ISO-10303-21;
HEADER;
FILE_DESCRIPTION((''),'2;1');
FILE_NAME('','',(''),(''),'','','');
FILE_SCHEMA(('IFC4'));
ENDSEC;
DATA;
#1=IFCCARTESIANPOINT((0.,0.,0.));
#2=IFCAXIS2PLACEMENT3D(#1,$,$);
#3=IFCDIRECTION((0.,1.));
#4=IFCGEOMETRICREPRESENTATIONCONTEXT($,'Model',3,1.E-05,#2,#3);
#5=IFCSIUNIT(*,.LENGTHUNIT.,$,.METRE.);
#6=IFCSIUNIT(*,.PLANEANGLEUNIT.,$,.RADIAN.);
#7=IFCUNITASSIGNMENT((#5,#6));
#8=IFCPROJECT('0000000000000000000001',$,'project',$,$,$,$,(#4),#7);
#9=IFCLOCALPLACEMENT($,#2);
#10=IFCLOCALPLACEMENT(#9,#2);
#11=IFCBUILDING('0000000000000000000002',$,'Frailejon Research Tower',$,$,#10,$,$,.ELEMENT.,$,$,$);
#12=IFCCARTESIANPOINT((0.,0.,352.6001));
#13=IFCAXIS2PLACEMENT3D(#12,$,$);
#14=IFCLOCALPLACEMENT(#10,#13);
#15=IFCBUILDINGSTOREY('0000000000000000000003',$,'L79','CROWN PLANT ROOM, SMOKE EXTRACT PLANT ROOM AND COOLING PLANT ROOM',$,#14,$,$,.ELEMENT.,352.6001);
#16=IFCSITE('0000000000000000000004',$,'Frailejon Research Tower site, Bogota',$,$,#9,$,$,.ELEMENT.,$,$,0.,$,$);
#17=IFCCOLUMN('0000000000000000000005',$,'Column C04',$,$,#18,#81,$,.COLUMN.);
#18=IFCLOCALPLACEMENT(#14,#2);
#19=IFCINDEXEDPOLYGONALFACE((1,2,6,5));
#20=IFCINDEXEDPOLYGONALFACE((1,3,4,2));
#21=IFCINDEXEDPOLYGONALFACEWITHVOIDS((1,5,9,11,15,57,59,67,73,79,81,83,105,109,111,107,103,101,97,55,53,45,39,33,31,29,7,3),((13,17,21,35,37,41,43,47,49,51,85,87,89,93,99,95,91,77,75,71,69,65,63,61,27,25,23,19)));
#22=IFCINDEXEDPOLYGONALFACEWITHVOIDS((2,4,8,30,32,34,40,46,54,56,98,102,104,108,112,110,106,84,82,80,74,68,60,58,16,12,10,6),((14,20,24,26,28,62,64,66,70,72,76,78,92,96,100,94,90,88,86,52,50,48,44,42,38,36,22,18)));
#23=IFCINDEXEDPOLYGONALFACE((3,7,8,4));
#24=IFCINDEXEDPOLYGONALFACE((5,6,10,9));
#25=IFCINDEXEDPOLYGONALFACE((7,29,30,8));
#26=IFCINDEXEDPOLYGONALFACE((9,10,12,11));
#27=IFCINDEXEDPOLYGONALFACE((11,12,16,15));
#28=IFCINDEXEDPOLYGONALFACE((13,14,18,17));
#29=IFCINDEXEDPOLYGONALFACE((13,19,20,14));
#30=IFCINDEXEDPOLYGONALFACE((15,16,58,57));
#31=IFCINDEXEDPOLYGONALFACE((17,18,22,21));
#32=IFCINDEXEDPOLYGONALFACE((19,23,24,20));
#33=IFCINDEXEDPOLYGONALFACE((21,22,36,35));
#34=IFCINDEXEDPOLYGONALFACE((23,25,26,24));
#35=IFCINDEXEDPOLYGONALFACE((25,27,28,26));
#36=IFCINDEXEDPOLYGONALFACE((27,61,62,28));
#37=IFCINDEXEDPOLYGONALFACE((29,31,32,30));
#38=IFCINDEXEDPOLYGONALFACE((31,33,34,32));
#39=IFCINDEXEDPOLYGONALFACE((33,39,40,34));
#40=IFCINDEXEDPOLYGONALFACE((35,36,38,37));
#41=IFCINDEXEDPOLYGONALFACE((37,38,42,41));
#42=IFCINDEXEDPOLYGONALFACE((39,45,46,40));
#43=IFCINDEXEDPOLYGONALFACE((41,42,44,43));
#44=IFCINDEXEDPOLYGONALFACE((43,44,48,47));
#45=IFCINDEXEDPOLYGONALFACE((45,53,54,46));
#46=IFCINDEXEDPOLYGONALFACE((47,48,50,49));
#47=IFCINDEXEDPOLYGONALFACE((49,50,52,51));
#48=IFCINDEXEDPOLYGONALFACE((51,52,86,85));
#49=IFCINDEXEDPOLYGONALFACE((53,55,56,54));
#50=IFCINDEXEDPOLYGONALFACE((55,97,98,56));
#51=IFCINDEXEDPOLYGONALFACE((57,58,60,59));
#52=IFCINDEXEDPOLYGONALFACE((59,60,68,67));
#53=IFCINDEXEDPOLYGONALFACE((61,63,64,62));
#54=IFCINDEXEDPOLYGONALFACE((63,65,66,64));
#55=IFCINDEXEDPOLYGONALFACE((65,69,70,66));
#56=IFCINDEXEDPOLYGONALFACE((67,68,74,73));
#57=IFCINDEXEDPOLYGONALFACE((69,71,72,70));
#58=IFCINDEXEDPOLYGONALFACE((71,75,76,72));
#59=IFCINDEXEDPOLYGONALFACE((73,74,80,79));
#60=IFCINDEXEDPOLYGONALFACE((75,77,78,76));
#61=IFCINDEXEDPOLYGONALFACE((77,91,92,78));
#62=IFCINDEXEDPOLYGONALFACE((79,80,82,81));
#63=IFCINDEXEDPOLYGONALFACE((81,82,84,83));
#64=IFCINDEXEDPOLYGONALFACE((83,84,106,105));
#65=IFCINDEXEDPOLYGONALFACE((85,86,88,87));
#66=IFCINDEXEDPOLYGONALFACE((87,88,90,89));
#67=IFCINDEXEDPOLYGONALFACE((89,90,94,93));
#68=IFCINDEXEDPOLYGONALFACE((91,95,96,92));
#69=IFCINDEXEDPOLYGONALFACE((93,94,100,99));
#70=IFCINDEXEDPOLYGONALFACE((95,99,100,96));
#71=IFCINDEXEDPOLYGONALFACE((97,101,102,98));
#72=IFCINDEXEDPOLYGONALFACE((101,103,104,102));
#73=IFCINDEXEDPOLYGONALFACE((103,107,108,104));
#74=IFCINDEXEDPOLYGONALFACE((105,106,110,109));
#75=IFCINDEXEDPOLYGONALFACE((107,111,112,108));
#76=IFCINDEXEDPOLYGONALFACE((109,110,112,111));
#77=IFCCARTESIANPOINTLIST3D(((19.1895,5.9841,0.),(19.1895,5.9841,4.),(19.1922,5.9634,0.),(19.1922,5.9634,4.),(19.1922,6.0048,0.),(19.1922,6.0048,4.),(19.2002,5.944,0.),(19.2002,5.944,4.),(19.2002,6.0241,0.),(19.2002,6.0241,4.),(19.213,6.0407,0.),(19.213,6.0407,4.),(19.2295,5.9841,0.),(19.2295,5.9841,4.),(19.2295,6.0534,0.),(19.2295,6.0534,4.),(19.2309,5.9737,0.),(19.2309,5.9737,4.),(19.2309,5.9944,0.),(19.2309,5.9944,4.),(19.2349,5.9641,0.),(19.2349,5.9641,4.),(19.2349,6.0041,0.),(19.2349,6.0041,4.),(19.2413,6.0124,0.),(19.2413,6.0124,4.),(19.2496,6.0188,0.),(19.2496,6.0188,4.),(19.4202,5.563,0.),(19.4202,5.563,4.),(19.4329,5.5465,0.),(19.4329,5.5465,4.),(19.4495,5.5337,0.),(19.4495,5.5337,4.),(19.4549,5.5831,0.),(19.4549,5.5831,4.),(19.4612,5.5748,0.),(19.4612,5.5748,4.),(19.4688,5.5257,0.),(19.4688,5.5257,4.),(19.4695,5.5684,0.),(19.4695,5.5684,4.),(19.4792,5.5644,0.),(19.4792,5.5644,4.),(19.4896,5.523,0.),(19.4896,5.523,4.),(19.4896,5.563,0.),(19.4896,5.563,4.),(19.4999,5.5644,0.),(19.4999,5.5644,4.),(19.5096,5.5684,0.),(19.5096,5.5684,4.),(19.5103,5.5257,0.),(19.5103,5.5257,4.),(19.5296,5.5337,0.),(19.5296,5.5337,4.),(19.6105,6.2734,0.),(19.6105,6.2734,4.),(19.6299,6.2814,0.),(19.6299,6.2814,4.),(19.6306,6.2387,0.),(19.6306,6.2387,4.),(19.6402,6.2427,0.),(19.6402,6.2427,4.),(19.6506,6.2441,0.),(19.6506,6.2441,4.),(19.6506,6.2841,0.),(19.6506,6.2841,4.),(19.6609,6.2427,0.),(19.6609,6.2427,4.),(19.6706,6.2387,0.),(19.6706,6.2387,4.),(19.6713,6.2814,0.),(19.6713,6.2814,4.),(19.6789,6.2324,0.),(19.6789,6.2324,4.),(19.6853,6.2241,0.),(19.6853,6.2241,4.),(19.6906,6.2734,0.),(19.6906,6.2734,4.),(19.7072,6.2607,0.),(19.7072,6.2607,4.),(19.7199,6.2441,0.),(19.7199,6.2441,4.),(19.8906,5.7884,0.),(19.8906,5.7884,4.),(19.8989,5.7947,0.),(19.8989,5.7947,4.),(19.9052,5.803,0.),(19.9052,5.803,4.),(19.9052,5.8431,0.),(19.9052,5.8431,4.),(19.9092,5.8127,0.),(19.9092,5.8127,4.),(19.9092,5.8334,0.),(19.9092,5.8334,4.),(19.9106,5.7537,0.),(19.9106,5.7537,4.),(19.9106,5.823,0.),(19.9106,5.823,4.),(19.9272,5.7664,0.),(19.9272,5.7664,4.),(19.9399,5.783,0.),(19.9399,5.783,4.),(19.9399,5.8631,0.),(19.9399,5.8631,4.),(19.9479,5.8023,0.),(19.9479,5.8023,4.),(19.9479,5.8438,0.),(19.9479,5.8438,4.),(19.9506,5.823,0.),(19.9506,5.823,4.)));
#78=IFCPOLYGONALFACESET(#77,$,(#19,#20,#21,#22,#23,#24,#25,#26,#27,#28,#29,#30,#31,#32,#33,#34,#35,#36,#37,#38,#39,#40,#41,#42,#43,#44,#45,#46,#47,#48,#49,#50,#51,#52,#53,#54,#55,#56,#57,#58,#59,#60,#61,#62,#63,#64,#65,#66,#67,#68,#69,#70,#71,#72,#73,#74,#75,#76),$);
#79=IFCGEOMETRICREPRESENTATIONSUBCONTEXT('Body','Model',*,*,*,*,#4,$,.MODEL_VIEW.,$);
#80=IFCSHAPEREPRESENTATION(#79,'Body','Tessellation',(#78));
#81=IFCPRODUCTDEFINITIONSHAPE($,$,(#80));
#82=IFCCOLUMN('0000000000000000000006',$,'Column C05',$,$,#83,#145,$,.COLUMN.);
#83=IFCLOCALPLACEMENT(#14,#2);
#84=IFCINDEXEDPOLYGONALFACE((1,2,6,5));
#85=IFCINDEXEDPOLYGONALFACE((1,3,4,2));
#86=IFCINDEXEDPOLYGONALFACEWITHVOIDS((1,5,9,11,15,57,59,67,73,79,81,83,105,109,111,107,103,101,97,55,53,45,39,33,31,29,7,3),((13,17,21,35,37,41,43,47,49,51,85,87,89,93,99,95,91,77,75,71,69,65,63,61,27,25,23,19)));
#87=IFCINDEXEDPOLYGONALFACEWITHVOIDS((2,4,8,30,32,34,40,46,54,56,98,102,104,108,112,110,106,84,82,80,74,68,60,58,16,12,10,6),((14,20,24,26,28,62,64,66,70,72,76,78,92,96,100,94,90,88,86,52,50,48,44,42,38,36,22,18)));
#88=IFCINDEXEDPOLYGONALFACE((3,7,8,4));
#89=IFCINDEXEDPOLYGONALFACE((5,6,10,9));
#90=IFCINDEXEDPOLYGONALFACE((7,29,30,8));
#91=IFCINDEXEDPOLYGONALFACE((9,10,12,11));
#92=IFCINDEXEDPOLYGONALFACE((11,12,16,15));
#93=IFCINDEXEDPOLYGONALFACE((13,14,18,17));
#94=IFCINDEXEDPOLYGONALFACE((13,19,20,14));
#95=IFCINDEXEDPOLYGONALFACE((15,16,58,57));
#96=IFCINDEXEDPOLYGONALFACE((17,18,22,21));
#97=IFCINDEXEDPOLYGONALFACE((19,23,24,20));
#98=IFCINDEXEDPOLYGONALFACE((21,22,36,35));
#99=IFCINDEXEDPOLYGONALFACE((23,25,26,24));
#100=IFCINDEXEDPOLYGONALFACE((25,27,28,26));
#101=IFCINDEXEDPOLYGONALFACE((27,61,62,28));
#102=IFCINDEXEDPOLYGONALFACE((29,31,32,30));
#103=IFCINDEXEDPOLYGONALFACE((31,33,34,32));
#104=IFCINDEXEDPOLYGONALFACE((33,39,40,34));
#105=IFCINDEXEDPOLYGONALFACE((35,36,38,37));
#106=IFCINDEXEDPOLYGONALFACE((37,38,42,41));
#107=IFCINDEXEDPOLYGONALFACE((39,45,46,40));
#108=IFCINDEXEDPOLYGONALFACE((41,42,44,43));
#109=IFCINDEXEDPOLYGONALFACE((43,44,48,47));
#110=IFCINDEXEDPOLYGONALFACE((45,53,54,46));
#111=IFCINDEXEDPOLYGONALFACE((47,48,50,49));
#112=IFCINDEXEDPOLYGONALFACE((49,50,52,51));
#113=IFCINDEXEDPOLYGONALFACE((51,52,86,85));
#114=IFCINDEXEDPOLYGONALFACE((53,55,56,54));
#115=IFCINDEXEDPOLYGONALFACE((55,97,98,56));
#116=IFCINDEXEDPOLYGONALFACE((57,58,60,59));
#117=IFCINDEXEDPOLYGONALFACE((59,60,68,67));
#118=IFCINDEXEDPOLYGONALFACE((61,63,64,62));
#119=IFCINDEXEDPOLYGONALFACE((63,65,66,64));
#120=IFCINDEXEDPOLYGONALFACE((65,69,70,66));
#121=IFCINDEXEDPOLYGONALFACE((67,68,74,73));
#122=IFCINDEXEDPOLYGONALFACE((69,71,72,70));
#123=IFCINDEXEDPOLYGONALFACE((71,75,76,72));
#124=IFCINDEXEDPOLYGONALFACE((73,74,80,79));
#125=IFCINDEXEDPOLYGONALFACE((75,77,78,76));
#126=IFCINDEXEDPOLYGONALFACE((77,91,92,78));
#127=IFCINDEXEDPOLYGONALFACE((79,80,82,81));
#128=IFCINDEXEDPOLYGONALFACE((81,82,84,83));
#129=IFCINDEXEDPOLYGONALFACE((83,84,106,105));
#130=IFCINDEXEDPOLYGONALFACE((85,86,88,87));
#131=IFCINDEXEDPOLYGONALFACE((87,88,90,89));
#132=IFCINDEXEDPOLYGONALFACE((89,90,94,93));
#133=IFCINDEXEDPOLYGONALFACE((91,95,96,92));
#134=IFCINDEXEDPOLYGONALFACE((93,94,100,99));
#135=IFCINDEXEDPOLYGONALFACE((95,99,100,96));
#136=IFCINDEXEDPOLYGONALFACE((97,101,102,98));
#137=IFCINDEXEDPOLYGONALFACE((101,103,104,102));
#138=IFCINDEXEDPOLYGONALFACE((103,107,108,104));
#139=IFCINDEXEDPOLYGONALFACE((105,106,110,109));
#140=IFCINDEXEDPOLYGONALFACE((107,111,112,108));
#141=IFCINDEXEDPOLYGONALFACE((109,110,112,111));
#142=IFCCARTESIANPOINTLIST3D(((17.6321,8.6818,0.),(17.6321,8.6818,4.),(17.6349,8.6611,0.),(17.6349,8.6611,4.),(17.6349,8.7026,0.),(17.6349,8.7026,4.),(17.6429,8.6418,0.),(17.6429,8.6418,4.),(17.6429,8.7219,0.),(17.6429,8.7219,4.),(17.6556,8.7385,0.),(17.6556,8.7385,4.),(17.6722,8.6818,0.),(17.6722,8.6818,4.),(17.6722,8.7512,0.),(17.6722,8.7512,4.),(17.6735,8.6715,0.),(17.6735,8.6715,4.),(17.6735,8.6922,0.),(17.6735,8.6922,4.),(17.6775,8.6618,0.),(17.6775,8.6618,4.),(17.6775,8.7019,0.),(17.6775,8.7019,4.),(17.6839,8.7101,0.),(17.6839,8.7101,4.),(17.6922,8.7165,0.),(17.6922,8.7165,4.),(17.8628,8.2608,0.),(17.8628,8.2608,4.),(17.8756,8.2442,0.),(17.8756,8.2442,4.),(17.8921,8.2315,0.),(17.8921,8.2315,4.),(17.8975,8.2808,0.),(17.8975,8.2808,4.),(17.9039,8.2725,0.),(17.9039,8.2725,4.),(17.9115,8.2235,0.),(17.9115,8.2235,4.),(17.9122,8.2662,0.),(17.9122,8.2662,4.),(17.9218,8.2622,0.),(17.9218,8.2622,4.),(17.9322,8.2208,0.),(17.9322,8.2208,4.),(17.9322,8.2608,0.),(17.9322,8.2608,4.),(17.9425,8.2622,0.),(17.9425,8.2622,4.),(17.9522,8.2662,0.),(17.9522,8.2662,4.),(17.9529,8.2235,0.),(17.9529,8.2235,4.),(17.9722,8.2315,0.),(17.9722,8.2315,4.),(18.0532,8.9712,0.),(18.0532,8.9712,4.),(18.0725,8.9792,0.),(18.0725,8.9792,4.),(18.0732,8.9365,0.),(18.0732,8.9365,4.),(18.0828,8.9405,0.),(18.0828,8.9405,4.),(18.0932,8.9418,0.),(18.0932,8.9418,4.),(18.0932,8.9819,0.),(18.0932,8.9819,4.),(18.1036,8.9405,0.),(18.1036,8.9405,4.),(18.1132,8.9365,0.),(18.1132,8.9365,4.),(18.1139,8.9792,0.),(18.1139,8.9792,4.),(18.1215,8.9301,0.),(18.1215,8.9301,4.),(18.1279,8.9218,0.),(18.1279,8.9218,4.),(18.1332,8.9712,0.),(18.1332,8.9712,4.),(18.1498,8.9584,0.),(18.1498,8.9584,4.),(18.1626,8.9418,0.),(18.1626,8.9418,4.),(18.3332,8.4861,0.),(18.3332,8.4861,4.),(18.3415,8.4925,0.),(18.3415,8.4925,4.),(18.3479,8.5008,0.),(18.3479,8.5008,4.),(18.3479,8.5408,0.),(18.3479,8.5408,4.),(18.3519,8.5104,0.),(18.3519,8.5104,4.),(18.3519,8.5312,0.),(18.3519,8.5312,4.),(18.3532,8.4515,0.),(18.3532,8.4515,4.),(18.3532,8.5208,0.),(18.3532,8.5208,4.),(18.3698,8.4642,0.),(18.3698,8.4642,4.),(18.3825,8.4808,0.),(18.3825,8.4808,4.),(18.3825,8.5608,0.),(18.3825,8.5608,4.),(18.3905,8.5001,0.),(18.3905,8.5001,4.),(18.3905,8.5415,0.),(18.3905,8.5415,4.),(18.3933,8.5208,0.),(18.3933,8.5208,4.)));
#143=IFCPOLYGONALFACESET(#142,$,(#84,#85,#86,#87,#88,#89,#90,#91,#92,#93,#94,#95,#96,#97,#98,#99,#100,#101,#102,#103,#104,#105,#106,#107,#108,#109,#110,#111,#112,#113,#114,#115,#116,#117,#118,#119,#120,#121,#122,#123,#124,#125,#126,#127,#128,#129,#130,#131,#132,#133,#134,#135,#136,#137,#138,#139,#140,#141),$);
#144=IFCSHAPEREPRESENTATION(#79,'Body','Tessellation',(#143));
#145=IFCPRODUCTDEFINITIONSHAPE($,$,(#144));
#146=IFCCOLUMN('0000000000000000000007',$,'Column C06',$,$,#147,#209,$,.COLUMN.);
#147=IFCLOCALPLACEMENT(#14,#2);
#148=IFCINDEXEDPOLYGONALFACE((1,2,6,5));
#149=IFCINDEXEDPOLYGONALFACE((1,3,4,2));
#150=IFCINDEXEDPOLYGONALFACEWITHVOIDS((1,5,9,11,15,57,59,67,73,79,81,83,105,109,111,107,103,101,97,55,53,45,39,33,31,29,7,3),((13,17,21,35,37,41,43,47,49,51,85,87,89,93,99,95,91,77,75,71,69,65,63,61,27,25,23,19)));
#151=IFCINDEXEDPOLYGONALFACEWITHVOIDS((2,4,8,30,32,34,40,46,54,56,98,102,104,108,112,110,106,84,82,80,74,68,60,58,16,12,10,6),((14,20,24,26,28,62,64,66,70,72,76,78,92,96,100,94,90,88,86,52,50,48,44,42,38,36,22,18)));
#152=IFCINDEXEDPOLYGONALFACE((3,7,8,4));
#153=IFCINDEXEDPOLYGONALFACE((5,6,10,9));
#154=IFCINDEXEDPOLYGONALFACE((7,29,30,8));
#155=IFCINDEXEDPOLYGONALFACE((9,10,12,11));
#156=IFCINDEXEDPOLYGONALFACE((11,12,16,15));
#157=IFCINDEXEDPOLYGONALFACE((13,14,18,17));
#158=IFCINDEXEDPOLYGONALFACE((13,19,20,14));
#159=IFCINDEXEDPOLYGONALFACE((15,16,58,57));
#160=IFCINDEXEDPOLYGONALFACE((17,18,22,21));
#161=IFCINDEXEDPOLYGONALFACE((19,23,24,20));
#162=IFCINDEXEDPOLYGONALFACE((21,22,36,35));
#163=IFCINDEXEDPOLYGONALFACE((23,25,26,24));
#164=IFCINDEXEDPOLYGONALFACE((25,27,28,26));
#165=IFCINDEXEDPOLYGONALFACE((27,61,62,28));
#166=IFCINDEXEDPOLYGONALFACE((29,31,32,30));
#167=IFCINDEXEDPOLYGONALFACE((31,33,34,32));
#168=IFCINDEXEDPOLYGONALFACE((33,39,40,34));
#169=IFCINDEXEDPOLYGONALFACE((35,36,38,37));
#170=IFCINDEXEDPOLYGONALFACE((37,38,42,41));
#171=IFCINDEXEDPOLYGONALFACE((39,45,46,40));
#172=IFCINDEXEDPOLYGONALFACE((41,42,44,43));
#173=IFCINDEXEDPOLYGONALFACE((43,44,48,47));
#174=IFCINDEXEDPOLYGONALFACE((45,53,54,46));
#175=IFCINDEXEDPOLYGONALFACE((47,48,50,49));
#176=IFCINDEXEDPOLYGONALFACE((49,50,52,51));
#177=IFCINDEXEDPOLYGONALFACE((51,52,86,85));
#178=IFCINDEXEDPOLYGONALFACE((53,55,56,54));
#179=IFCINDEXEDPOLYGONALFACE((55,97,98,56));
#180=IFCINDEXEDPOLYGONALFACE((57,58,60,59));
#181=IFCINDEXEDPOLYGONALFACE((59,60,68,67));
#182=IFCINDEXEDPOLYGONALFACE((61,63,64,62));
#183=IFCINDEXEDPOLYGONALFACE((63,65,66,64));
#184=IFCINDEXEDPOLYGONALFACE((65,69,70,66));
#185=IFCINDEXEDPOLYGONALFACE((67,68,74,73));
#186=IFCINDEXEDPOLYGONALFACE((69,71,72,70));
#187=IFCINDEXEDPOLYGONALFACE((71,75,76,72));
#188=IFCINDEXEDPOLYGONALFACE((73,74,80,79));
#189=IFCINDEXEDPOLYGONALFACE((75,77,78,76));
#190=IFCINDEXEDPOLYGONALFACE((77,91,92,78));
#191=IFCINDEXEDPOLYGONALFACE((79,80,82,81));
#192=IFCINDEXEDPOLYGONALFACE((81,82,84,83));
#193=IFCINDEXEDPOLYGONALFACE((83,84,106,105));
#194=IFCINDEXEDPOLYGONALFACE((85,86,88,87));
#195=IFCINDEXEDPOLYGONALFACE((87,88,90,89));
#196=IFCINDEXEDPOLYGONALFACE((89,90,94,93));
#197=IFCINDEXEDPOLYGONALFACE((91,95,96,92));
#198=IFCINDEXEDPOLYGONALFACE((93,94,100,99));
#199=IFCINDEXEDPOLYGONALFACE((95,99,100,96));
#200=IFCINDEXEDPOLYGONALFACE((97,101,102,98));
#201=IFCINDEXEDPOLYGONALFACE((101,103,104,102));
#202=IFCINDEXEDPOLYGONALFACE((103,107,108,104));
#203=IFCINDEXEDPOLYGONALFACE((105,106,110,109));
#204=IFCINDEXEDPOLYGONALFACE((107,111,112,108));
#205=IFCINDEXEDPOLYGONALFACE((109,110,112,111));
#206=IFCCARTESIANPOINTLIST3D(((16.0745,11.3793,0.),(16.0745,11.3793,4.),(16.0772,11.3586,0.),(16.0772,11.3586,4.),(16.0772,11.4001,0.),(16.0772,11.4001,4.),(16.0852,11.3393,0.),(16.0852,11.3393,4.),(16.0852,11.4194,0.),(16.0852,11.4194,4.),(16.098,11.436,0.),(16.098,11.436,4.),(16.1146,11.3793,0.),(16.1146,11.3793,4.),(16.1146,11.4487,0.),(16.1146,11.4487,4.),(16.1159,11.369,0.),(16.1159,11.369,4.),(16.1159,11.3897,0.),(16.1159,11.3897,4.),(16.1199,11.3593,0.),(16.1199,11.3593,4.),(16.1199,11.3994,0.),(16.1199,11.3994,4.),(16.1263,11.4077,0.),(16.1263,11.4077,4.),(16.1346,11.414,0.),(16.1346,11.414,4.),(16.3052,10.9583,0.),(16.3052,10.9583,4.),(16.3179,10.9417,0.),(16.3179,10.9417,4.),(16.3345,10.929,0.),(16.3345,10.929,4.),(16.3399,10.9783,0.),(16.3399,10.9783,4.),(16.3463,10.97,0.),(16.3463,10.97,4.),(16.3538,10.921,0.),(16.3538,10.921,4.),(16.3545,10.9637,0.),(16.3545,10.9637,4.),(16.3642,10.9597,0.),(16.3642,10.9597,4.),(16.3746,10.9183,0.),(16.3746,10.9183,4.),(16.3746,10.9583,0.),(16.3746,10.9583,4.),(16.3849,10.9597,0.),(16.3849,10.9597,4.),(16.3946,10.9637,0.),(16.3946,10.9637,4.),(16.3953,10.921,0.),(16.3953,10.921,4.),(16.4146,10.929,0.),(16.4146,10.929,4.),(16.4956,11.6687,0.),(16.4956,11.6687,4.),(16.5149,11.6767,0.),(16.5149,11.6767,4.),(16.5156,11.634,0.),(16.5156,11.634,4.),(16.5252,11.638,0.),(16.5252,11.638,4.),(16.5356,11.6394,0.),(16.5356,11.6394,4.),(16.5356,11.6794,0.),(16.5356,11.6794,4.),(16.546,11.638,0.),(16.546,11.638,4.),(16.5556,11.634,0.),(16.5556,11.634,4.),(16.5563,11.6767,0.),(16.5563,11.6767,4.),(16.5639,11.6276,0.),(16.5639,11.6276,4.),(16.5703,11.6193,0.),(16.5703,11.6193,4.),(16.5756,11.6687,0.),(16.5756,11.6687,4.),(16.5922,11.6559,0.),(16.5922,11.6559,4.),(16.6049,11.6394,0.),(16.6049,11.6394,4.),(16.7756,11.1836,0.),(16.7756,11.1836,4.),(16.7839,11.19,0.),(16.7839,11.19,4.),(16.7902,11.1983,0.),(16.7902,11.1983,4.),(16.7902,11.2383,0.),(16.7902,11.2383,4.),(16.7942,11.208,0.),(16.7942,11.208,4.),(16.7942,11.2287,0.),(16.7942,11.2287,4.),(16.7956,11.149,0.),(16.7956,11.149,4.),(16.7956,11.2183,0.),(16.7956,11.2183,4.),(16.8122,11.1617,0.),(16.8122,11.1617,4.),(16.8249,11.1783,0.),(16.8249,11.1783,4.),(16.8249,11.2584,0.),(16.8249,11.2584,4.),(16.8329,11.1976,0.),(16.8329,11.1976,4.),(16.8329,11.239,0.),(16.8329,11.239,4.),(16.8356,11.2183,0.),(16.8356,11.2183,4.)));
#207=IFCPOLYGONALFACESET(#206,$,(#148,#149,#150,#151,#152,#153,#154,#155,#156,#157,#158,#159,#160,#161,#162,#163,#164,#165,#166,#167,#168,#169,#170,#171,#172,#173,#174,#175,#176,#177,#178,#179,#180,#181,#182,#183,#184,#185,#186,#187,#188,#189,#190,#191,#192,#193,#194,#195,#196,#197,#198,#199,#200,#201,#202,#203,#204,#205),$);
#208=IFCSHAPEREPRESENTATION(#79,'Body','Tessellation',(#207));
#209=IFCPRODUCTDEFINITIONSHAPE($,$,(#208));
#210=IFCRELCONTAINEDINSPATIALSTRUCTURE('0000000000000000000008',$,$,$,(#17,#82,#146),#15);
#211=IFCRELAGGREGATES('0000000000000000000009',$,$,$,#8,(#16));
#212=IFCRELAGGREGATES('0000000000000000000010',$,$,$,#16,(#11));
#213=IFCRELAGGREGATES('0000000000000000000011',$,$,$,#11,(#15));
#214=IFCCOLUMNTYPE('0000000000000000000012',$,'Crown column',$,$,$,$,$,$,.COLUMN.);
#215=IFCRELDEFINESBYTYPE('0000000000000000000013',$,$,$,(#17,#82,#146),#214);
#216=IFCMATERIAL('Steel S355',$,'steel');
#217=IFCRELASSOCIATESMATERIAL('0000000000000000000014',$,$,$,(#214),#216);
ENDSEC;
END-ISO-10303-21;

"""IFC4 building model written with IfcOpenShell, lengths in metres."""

from ifc_helpers import new_model, si_unit, direction, frame, origin, origin_2d, place, context, subcontext, project, spatial, hollow_rectangle, extrude, material, material_profile, profile_set, type_object, element, save


model = new_model("IFC4")

# Units and contexts
model_context = context("Model", 3, precision=1e-05, world=origin(), true_north=direction((0.0, 1.0)))
body_context = subcontext(model_context, "Body", "Model", "MODEL_VIEW")
ifc_project = project(units=[si_unit("LENGTHUNIT", "METRE"), si_unit("PLANEANGLEUNIT", "RADIAN")], contexts=[model_context])

# Site, building, storey
site_placement = place(None, origin())
site = spatial("IfcSite", under=ifc_project, at=site_placement, Name="Frailejon Research Tower site, Bogota", CompositionType="ELEMENT", RefElevation=0.0)
building_placement = place(site_placement, origin())
building = spatial("IfcBuilding", under=site, at=building_placement, Name="Frailejon Research Tower", CompositionType="ELEMENT")
storey_placement = place(building_placement, frame((0.0, 0.0, 352.6001)))
storey = spatial("IfcBuildingStorey", under=building, at=storey_placement, Name="L79", Description="CROWN PLANT ROOM, SMOKE EXTRACT PLANT ROOM AND COOLING PLANT ROOM", CompositionType="ELEMENT", Elevation=352.6001)

# Columns
ifc_material_1 = material(Name="Steel S355", Category="steel")
ifc_material_profile_1 = material_profile(ifc_material_1, hollow_rectangle(XDim=0.6001, YDim=0.6001, WallThickness=0.04, InnerFilletRadius=0.04, OuterFilletRadius=0.0801, at=origin_2d()), Name="Crown column")
ifc_profile_set_1 = profile_set([ifc_material_profile_1], Name="Steel S355")
column_type = type_object("IfcColumnType", Name="Crown column", PredefinedType="COLUMN", material=ifc_profile_set_1)
for number, where, z_axis, x_axis, name in (
    (1, (19.5701, 5.9036, 0.0), (0.0, 0.0, 1.0), (-0.5, 0.866025, 0.0), "Column C04"),
    (2, (18.0127, 8.6013, 0.0), (0.0, 0.0, 1.0), (-0.5, 0.866025, 0.0), "Column C05"),
    (3, (16.4551, 11.2988, 0.0), (0.0, 0.0, 1.0), (-0.5, 0.866025, 0.0), "Column C06"),
):
    element("IfcColumn", number, at=place(storey_placement, frame(where, z_axis=z_axis, x_axis=x_axis)), inside=storey, type_object=column_type, Name=name, PredefinedType="COLUMN", context=body_context, shape_type="SweptSolid", body=[
        extrude(hollow_rectangle(XDim=0.6001, YDim=0.6001, WallThickness=0.04, InnerFilletRadius=0.04, OuterFilletRadius=0.0801, at=origin_2d()), origin(), (0.0, 0.0, 1.0), 4.0),
    ])

save(model, "model.ifc")
